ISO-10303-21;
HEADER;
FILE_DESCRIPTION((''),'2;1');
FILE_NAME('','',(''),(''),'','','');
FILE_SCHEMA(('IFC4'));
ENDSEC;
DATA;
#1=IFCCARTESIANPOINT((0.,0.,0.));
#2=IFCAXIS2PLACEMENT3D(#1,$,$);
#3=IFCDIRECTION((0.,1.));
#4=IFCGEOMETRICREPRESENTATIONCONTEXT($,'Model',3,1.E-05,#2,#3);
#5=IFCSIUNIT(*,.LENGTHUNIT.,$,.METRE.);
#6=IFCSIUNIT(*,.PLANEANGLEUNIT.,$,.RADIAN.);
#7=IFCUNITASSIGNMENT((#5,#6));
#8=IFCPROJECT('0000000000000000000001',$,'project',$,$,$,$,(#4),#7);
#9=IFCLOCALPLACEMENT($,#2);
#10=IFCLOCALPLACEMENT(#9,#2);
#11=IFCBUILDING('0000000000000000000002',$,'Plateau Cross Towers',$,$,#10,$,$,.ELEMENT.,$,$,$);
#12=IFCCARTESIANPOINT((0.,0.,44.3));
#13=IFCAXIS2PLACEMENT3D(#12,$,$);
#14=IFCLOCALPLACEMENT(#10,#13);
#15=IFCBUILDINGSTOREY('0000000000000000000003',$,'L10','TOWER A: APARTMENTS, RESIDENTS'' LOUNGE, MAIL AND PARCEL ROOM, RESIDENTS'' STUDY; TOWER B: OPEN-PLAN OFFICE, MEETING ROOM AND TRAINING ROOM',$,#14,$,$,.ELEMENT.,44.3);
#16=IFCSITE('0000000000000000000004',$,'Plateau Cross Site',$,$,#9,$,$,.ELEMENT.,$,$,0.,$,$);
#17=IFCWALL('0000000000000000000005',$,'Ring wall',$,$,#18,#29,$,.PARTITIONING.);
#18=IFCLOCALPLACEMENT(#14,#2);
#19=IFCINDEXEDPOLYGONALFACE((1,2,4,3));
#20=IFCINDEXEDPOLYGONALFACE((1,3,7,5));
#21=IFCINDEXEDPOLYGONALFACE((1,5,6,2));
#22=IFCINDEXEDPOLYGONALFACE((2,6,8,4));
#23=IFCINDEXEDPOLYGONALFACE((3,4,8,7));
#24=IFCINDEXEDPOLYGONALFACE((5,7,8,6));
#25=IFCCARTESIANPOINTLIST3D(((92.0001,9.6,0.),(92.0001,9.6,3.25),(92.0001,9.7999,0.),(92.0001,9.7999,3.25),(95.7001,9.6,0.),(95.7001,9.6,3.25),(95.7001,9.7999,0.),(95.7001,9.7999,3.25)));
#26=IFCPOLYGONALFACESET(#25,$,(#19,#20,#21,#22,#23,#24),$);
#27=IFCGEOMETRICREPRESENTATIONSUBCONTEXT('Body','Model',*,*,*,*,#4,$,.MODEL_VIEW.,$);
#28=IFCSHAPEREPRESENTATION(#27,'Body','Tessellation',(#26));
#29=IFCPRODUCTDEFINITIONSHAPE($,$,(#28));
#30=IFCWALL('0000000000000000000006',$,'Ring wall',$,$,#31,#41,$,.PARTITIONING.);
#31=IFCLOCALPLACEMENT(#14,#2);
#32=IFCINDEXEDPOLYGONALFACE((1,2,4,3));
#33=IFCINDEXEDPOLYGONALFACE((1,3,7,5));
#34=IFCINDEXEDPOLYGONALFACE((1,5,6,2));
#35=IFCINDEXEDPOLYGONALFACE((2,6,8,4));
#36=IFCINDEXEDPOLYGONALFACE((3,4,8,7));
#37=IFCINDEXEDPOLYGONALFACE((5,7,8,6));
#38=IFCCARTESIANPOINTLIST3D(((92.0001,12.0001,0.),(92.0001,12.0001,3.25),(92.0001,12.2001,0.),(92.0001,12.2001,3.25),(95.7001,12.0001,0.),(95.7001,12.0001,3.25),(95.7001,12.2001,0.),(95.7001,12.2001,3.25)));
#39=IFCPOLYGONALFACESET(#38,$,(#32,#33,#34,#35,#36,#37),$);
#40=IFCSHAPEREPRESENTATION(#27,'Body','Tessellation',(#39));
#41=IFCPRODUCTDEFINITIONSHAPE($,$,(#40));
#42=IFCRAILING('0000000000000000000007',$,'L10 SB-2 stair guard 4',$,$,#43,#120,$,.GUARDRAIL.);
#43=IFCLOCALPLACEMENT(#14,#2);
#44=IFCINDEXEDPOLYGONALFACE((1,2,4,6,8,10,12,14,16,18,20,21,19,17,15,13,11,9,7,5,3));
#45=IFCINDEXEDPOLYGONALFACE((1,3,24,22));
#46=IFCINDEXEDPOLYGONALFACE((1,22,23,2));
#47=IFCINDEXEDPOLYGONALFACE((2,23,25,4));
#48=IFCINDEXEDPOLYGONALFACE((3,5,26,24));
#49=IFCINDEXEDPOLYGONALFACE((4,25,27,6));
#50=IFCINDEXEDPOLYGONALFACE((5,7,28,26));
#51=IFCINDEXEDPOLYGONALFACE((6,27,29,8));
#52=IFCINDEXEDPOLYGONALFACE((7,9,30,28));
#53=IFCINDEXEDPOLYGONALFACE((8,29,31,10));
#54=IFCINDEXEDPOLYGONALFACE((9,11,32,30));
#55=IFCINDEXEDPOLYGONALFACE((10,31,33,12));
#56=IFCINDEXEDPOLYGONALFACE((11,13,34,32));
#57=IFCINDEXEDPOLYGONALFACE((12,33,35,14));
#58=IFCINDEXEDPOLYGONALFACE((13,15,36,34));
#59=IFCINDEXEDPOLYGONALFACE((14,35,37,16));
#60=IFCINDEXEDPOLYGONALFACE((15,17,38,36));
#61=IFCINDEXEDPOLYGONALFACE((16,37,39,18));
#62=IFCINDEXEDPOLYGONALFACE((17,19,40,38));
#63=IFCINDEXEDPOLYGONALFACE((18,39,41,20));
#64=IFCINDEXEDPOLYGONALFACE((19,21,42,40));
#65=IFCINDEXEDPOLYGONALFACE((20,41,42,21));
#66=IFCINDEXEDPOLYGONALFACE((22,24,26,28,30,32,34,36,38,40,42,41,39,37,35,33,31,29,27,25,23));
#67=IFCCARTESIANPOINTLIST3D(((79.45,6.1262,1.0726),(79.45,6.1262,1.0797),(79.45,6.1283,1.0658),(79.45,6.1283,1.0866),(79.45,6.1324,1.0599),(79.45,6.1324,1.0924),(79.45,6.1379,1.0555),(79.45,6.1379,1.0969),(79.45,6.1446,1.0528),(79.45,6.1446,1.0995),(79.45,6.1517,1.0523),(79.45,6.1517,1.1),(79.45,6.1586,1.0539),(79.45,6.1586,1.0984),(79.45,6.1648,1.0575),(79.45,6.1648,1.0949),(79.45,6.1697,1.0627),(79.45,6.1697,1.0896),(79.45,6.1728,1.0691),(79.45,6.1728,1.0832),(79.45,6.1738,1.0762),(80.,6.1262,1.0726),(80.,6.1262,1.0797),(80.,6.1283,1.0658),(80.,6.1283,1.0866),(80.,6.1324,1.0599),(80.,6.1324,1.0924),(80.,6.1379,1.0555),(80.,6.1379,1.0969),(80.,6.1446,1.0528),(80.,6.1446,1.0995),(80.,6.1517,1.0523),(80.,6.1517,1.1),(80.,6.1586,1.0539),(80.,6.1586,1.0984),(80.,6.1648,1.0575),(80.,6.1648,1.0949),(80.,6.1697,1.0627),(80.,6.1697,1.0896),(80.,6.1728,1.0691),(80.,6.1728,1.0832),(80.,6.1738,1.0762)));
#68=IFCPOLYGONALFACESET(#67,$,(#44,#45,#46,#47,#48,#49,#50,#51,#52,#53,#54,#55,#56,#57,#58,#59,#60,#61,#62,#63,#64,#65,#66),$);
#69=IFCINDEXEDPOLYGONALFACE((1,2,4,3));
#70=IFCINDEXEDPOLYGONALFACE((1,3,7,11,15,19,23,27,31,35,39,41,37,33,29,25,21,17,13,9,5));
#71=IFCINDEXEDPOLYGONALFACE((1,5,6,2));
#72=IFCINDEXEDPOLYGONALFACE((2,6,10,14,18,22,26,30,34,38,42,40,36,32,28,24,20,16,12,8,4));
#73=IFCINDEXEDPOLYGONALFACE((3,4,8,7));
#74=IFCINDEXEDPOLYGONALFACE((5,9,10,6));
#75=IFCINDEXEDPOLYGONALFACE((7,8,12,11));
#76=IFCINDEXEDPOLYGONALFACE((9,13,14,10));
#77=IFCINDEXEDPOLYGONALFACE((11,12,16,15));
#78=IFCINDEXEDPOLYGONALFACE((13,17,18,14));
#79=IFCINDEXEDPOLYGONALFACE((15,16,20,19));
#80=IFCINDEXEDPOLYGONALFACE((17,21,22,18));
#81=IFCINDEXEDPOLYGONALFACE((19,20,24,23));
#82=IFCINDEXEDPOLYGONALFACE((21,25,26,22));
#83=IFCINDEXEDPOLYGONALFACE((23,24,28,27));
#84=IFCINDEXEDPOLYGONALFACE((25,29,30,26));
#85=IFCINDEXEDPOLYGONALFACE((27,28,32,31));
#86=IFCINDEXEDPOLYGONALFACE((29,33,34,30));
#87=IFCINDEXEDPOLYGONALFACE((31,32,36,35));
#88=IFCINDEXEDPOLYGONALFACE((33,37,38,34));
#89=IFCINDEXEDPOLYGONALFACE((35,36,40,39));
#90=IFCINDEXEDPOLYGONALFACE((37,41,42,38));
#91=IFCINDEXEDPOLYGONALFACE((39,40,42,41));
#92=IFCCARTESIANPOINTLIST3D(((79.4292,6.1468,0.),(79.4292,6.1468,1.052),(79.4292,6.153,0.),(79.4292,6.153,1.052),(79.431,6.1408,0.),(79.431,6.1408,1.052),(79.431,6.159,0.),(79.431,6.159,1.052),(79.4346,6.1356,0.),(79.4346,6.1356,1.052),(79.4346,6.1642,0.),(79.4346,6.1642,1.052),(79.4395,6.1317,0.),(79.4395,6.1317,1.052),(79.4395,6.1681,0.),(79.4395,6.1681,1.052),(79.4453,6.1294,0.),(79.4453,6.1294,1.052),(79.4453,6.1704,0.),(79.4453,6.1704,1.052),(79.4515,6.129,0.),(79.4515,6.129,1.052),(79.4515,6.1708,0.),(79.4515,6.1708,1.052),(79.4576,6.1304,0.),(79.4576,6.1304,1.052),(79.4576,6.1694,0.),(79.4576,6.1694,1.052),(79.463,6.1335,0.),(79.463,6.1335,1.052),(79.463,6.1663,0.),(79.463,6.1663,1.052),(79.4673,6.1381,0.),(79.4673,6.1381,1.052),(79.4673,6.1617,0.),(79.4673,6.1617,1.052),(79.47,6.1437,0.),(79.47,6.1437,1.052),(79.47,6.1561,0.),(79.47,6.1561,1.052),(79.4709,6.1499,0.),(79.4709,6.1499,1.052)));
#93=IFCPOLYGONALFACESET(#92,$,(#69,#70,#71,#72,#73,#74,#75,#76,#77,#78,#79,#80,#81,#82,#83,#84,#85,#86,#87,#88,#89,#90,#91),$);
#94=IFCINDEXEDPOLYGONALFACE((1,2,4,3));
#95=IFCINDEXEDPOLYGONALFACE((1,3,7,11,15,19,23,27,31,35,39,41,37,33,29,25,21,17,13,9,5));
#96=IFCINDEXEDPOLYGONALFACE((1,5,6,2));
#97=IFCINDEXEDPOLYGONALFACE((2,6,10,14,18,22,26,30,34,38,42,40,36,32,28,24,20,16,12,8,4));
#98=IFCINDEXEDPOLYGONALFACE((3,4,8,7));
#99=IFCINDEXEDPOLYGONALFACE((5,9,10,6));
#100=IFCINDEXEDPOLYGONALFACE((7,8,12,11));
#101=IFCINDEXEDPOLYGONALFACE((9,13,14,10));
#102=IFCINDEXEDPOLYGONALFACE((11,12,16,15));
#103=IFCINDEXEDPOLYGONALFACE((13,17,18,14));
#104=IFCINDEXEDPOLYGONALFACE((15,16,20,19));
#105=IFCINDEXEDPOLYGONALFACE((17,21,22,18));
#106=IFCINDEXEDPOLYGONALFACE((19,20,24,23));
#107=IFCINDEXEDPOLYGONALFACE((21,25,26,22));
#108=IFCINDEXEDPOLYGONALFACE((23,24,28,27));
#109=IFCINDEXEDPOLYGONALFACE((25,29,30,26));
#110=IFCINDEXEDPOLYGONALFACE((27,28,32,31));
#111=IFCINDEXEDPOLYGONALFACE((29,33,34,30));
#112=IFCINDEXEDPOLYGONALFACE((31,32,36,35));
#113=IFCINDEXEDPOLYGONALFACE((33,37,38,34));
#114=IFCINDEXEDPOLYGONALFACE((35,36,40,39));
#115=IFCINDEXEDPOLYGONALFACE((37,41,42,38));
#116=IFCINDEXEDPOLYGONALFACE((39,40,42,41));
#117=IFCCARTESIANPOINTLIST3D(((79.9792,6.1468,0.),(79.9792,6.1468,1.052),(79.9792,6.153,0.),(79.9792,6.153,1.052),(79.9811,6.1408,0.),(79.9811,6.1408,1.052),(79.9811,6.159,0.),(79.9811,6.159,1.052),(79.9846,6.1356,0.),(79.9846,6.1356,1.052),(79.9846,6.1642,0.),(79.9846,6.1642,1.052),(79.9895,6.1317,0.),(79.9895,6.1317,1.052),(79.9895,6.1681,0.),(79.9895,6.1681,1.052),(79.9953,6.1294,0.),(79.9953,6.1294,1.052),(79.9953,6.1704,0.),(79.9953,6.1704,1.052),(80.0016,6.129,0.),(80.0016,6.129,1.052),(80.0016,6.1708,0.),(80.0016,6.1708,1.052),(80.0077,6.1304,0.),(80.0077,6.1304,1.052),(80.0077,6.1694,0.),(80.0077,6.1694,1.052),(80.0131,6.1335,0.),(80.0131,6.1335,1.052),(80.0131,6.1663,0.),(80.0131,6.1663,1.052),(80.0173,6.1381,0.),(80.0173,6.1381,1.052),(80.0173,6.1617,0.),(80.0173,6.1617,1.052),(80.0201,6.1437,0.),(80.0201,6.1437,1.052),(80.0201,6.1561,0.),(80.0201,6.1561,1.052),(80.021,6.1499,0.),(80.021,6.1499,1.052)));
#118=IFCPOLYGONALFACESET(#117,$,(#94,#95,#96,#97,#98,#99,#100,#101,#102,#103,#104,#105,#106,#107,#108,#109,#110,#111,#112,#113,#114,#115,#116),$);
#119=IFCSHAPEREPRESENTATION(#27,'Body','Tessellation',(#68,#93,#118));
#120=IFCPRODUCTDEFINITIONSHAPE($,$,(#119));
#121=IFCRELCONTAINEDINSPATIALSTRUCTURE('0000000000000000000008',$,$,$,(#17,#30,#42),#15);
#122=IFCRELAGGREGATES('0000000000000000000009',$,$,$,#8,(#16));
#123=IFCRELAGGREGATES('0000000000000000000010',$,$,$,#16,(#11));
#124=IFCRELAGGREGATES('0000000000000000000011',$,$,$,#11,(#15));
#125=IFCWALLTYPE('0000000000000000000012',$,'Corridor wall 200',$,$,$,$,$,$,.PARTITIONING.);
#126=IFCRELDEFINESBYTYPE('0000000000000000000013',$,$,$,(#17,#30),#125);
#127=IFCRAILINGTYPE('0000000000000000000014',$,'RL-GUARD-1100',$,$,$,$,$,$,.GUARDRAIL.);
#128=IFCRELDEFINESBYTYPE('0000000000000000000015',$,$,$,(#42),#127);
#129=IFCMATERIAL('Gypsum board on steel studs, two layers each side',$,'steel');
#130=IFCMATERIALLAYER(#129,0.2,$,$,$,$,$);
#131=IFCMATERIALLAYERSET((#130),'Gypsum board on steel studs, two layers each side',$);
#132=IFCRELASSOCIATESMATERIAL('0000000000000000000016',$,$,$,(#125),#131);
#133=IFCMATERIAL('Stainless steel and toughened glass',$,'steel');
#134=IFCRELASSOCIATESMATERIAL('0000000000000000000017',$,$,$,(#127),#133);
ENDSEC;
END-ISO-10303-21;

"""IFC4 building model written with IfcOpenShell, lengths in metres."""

from ifc_helpers import new_model, si_unit, direction, frame, frame_2d, origin, origin_2d, place, context, subcontext, project, spatial, rectangle, circle, extrude, material, layer, layer_set, type_object, element, save


model = new_model("IFC4")

# Units and contexts
model_context = context("Model", 3, precision=1e-05, world=origin(), true_north=direction((0.0, 1.0)))
body_context = subcontext(model_context, "Body", "Model", "MODEL_VIEW")
ifc_project = project(units=[si_unit("LENGTHUNIT", "METRE"), si_unit("PLANEANGLEUNIT", "RADIAN")], contexts=[model_context])

# Site, building, storey
site_placement = place(None, origin())
site = spatial("IfcSite", under=ifc_project, at=site_placement, Name="Plateau Cross Site", CompositionType="ELEMENT", RefElevation=0.0)
building_placement = place(site_placement, origin())
building = spatial("IfcBuilding", under=site, at=building_placement, Name="Plateau Cross Towers", CompositionType="ELEMENT")
storey_placement = place(building_placement, frame((0.0, 0.0, 44.3)))
storey = spatial("IfcBuildingStorey", under=building, at=storey_placement, Name="L10", Description="TOWER A: APARTMENTS, RESIDENTS' LOUNGE, MAIL AND PARCEL ROOM, RESIDENTS' STUDY; TOWER B: OPEN-PLAN OFFICE, MEETING ROOM AND TRAINING ROOM", CompositionType="ELEMENT", Elevation=44.3)

# Shared definitions
ifc_material_1 = material(Name="Gypsum board on steel studs, two layers each side", Category="steel")
ifc_layer_1 = layer(ifc_material_1, 0.2)
ifc_layer_set_1 = layer_set([ifc_layer_1], Name="Gypsum board on steel studs, two layers each side")
wall_type_1 = type_object("IfcWallType", Name="Corridor wall 200", PredefinedType="PARTITIONING", material=ifc_layer_set_1)

# Walls
for number, where, z_axis, x_axis, name in (
    (1, (92.0, 9.7, 0.0), (0.0, 0.0, 1.0), (1.0, 0.0, 0.0), "Ring wall"),
    (2, (92.0, 12.1001, 0.0), (0.0, 0.0, 1.0), (1.0, 0.0, 0.0), "Ring wall"),
):
    element("IfcWall", number, at=place(storey_placement, frame(where, z_axis=z_axis, x_axis=x_axis)), inside=storey, type_object=wall_type_1, Name=name, PredefinedType="PARTITIONING", context=body_context, shape_type="SweptSolid", body=[
        extrude(rectangle(XDim=3.7, YDim=0.2, at=frame_2d((1.8501, 0.0))), origin(), (0.0, 0.0, 1.0), 3.25),
    ])

# Railing
ifc_material_2 = material(Name="Stainless steel and toughened glass", Category="steel")
railing_type = type_object("IfcRailingType", Name="RL-GUARD-1100", PredefinedType="GUARDRAIL", material=ifc_material_2)
railing_placement = place(storey_placement, frame((79.45, 6.1499, 0.0)))
element("IfcRailing", 3, at=railing_placement, inside=storey, type_object=railing_type, Name="L10 SB-2 stair guard 4", PredefinedType="GUARDRAIL", context=body_context, shape_type="SweptSolid", body=[
    extrude(circle(Radius=0.0239, at=origin_2d()), frame((0.0, 0.0, 1.0762), z_axis=(1.0, 0.0, 0.0), x_axis=(0.0, 1.0, 0.0)), (0.0, 0.0, 1.0), 0.55),
    extrude(circle(Radius=0.021, at=origin_2d()), origin(), (0.0, 0.0, 1.0), 1.052),
    extrude(circle(Radius=0.021, at=origin_2d()), frame((0.55, 0.0, 0.0)), (0.0, 0.0, 1.0), 1.052),
])

save(model, "model.ifc")
